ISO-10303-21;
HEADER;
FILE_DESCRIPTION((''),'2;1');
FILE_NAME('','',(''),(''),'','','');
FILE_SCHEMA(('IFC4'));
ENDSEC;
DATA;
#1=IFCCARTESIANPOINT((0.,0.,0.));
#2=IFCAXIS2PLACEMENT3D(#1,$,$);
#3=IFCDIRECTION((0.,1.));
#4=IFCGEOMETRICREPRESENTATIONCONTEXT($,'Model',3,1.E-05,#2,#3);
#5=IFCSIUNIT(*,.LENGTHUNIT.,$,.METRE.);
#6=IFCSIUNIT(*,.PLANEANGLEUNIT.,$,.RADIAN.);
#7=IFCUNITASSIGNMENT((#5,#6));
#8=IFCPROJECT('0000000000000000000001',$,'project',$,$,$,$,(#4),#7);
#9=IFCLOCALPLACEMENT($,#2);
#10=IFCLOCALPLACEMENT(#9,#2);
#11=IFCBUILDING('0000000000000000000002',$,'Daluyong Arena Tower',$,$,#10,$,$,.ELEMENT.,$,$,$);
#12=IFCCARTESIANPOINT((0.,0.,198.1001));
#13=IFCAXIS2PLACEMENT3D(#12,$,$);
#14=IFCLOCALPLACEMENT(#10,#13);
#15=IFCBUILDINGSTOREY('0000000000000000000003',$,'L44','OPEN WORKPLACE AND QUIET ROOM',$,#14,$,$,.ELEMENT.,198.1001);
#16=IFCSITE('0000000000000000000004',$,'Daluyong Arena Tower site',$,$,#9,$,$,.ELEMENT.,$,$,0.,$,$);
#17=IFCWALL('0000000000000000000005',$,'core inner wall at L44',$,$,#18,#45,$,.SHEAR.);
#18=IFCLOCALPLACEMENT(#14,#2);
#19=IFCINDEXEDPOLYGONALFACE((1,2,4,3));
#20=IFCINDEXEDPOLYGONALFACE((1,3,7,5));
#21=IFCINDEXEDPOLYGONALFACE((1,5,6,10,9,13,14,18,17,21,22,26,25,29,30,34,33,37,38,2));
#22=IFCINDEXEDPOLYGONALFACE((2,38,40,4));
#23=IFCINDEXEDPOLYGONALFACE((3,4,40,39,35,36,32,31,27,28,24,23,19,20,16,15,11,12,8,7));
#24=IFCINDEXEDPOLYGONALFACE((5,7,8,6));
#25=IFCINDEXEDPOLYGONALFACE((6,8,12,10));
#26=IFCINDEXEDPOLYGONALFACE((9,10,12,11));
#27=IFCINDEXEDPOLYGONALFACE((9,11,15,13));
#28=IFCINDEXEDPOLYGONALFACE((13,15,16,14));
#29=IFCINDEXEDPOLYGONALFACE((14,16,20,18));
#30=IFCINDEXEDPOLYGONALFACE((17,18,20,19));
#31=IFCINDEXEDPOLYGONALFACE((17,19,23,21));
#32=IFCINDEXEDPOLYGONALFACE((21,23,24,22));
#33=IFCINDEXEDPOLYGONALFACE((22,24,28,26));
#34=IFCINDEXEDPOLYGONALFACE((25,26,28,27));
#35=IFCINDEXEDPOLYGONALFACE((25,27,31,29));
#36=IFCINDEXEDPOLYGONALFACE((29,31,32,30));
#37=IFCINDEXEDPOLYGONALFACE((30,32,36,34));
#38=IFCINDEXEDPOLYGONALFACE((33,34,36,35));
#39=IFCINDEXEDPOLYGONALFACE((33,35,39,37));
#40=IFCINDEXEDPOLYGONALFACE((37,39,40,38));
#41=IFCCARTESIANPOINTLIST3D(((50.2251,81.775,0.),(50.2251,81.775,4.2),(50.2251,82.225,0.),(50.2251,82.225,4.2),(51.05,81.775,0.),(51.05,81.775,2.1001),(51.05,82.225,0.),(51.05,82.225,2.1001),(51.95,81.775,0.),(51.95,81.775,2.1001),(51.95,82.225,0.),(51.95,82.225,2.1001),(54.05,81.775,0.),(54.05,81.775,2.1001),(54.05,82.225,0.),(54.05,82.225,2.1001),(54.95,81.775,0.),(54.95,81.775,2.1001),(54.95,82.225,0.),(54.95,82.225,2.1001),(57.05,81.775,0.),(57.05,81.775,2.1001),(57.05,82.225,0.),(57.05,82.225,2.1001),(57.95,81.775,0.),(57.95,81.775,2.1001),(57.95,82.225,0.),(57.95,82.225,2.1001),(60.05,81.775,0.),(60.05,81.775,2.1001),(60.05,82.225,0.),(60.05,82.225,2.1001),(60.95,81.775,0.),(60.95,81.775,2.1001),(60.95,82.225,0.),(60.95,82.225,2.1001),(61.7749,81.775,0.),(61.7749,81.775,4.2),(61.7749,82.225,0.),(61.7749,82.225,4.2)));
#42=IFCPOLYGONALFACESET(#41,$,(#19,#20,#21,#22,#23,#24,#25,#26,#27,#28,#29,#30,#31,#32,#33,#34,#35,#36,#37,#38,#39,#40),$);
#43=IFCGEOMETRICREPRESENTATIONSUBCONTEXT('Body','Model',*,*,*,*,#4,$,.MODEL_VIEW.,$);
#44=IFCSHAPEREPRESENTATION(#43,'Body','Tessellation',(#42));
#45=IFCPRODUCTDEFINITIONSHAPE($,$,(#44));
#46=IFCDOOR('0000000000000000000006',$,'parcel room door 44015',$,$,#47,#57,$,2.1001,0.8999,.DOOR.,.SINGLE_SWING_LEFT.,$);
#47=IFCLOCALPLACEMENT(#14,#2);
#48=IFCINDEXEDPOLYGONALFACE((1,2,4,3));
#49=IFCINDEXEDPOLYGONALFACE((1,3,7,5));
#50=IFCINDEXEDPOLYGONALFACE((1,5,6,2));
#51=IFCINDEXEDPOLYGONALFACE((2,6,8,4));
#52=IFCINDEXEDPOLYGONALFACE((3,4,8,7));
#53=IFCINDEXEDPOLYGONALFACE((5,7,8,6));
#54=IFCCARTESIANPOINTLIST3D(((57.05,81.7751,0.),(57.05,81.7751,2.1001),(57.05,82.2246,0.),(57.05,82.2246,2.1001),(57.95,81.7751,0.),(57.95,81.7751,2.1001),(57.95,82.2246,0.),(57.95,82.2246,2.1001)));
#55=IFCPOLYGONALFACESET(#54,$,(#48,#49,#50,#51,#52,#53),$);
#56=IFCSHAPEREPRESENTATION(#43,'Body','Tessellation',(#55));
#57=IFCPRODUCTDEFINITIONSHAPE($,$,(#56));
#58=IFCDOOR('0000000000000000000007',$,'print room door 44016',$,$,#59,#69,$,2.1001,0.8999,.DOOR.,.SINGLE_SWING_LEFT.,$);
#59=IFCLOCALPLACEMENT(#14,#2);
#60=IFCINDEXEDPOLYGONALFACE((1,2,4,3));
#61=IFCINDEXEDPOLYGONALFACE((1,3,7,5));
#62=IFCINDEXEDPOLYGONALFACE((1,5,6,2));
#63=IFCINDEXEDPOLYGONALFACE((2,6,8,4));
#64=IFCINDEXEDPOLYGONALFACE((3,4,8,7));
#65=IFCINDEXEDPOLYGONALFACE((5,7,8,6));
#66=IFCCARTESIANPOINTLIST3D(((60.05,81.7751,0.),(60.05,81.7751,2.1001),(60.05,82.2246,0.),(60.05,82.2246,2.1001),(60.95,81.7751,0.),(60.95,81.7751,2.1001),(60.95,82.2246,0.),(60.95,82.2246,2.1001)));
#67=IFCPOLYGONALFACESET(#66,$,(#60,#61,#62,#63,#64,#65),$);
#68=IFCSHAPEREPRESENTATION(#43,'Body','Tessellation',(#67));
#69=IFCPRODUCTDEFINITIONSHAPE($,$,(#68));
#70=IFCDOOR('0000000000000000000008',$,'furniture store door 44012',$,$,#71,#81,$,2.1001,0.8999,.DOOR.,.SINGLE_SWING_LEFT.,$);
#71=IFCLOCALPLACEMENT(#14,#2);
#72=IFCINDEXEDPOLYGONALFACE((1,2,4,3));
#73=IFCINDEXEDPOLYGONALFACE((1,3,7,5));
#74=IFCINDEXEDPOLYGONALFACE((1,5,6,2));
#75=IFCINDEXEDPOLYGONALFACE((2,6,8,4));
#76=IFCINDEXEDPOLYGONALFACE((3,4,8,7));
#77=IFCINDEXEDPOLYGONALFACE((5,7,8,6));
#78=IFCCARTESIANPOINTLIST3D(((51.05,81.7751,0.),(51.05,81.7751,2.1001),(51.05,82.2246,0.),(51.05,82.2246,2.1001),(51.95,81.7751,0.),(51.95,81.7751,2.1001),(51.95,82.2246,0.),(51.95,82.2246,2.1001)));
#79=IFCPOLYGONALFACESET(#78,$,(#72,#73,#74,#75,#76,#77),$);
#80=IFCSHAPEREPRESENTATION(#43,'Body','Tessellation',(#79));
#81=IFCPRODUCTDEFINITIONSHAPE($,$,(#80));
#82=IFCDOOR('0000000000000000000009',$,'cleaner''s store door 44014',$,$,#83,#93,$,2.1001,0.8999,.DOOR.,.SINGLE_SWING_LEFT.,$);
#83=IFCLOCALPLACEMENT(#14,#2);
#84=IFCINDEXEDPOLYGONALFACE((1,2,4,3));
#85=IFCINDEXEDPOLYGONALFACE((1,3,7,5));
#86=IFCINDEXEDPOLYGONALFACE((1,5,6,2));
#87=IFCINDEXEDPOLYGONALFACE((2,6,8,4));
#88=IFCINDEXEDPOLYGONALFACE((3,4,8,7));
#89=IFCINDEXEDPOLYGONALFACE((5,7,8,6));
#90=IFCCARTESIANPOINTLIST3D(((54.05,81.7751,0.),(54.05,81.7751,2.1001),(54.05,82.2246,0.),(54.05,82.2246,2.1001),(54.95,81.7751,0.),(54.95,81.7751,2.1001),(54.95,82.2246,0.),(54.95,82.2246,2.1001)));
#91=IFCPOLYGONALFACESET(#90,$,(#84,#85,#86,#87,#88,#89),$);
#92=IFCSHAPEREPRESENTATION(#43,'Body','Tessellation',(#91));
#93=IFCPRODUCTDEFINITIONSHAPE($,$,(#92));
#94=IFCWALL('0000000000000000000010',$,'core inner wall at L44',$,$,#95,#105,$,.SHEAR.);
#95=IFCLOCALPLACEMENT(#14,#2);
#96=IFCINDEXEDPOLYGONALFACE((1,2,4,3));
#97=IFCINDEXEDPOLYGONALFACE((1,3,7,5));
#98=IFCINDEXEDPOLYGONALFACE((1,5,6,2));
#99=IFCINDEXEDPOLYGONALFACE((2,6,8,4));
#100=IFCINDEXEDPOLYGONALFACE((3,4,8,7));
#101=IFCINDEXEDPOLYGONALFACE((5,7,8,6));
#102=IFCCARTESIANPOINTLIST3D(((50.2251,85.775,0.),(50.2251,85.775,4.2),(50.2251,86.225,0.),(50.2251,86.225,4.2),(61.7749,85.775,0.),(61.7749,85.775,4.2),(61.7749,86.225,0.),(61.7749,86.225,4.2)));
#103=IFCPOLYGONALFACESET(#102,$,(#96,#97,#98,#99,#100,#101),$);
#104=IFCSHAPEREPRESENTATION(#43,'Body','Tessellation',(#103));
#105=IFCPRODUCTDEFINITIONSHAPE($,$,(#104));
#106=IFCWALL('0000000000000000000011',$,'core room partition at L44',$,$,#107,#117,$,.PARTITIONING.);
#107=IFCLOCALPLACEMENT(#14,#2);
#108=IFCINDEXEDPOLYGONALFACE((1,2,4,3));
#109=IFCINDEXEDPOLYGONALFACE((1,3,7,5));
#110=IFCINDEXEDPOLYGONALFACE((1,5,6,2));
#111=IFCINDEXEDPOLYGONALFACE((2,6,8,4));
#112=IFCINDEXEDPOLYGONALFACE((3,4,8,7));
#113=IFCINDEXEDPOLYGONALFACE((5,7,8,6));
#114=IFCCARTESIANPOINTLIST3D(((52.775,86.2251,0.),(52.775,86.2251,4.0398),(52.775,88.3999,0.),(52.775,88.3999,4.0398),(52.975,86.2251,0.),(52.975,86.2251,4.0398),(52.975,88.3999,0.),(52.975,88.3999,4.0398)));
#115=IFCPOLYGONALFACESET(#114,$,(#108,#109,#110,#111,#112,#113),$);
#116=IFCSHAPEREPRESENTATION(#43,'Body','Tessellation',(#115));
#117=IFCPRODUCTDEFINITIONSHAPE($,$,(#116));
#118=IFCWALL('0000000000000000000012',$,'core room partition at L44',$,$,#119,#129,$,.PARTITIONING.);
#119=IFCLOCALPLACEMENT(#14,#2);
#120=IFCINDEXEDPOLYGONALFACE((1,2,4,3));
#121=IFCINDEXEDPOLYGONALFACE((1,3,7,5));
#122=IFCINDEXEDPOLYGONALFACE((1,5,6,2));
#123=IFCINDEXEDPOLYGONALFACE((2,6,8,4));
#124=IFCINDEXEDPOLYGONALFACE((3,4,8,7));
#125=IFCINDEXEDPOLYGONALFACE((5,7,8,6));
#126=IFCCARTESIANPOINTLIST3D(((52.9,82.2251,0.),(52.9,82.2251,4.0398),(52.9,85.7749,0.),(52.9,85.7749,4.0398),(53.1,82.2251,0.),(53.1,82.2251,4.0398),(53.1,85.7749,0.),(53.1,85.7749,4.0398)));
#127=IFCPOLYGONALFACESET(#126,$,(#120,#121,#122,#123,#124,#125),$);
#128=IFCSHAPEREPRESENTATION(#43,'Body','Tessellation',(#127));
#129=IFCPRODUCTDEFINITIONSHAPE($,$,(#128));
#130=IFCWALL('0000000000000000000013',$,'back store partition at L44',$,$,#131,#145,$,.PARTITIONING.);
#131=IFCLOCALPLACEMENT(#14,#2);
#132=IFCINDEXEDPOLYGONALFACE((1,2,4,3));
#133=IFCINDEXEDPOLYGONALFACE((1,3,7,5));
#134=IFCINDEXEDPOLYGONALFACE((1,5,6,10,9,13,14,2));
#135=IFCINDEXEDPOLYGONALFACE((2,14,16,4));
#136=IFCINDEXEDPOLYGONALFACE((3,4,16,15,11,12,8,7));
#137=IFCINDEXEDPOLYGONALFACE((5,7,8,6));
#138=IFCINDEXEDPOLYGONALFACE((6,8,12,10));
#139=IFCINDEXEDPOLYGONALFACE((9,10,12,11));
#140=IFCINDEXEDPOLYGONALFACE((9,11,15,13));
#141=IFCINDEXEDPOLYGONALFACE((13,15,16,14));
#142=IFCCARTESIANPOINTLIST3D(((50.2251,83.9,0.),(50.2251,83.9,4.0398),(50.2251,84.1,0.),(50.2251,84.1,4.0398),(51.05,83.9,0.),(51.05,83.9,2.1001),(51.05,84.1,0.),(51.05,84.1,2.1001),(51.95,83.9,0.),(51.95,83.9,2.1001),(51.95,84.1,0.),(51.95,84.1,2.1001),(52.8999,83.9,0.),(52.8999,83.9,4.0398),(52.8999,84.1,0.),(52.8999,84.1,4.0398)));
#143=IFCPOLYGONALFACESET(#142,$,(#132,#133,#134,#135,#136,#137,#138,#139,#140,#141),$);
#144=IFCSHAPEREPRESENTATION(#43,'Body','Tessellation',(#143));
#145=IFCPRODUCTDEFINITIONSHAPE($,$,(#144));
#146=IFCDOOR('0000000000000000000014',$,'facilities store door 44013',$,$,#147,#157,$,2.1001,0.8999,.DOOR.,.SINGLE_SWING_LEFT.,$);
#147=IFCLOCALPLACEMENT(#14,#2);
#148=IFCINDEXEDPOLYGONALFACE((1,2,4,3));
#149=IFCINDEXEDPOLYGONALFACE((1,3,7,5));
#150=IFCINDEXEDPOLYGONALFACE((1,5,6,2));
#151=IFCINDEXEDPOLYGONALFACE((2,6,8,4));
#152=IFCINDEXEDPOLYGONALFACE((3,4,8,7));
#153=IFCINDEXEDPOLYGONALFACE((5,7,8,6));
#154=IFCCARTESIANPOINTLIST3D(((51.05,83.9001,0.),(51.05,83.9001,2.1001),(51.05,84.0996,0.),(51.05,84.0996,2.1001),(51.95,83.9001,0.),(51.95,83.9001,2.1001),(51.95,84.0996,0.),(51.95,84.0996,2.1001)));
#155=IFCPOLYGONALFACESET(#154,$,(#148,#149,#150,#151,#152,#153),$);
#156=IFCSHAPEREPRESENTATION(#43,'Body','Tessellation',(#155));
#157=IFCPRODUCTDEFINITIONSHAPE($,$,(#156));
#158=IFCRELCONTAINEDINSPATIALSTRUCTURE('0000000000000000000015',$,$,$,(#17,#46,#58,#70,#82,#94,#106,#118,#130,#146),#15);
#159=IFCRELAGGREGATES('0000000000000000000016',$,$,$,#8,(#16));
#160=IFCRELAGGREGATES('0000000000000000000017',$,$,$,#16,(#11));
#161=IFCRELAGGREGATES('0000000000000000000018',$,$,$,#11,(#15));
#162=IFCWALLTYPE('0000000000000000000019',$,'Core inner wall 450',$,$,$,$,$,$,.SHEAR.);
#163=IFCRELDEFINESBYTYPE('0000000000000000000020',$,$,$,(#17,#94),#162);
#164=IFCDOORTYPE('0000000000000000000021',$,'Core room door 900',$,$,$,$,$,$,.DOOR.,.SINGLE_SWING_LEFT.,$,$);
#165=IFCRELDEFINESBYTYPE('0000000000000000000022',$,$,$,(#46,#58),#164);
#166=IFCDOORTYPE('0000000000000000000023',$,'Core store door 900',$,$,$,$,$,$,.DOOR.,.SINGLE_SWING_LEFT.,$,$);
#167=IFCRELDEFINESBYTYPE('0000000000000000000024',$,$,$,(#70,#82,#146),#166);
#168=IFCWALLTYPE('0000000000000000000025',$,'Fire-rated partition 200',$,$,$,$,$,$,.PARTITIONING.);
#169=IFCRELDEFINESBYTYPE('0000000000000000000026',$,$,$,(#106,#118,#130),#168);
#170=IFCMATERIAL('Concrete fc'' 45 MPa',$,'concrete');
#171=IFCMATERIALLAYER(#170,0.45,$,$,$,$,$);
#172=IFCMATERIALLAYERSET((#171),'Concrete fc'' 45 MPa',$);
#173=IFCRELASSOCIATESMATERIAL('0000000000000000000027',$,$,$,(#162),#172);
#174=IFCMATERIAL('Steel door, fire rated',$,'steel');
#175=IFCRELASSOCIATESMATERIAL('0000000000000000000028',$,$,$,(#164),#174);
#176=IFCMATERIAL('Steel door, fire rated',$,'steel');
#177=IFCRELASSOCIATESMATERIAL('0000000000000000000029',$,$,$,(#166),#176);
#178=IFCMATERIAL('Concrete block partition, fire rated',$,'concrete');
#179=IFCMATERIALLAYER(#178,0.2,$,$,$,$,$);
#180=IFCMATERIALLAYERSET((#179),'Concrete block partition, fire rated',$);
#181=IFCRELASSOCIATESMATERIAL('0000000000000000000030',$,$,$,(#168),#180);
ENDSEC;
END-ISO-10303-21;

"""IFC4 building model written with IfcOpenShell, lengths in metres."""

from ifc_helpers import new_model, si_unit, direction, frame, frame_2d, origin, place, context, subcontext, project, spatial, rectangle, extrude, material, layer, layer_set, type_object, element, fill, save


model = new_model("IFC4")

# Units and contexts
model_context = context("Model", 3, precision=1e-05, world=origin(), true_north=direction((0.0, 1.0)))
body_context = subcontext(model_context, "Body", "Model", "MODEL_VIEW")
ifc_project = project(units=[si_unit("LENGTHUNIT", "METRE"), si_unit("PLANEANGLEUNIT", "RADIAN")], contexts=[model_context])

# Site, building, storey
site_placement = place(None, origin())
site = spatial("IfcSite", under=ifc_project, at=site_placement, Name="Daluyong Arena Tower site", CompositionType="ELEMENT", RefElevation=0.0)
building_placement = place(site_placement, origin())
building = spatial("IfcBuilding", under=site, at=building_placement, Name="Daluyong Arena Tower", CompositionType="ELEMENT")
storey_placement = place(building_placement, frame((0.0, 0.0, 198.1001)))
storey = spatial("IfcBuildingStorey", under=building, at=storey_placement, Name="L44", Description="OPEN WORKPLACE AND QUIET ROOM", CompositionType="ELEMENT", Elevation=198.1001)

# Wall, openings, doors
ifc_material_1 = material(Name="Concrete fc' 45 MPa", Category="concrete")
ifc_layer_1 = layer(ifc_material_1, 0.45)
ifc_layer_set_1 = layer_set([ifc_layer_1], Name="Concrete fc' 45 MPa")
wall_type_1 = type_object("IfcWallType", Name="Core inner wall 450", PredefinedType="SHEAR", material=ifc_layer_set_1)
ifc_material_2 = material(Name="Steel door, fire rated", Category="steel")
door_type_1 = type_object("IfcDoorType", Name="Core room door 900", OperationType="SINGLE_SWING_LEFT", PredefinedType="DOOR", material=ifc_material_2)
ifc_material_3 = material(Name="Steel door, fire rated", Category="steel")
door_type_2 = type_object("IfcDoorType", Name="Core store door 900", OperationType="SINGLE_SWING_LEFT", PredefinedType="DOOR", material=ifc_material_3)
wall_1_placement = place(storey_placement, frame((50.2251, 82.0, 0.0), z_axis=(0.0, 0.0, 1.0), x_axis=(1.0, 0.0, 0.0)))
wall_1 = element("IfcWall", 1, at=wall_1_placement, inside=storey, type_object=wall_type_1, Name="core inner wall at L44", PredefinedType="SHEAR", context=body_context, shape_type="SweptSolid", body=[
    extrude(rectangle(XDim=11.5498, YDim=0.45, at=frame_2d((5.7749, 0.0))), origin(), (0.0, 0.0, 1.0), 4.2),
])
opening_1_placement = place(wall_1_placement, frame((0.825, 0.0, 0.0)))
opening_1 = element("IfcOpeningElement", 2, at=opening_1_placement, cuts=wall_1, PredefinedType="OPENING", context=body_context, shape_type="SweptSolid", body=[
    extrude(rectangle(XDim=0.8999, YDim=2.1001, at=frame_2d((0.45, 1.05))), frame((0.0, 0.2349, 0.0), z_axis=(0.0, -1.0, 0.0), x_axis=(1.0, 0.0, 0.0)), (0.0, 0.0, 1.0), 0.47),
])
opening_2_placement = place(wall_1_placement, frame((3.825, 0.0, 0.0)))
opening_2 = element("IfcOpeningElement", 3, at=opening_2_placement, cuts=wall_1, PredefinedType="OPENING", context=body_context, shape_type="SweptSolid", body=[
    extrude(rectangle(XDim=0.8999, YDim=2.1001, at=frame_2d((0.45, 1.05))), frame((0.0, 0.2349, 0.0), z_axis=(0.0, -1.0, 0.0), x_axis=(1.0, 0.0, 0.0)), (0.0, 0.0, 1.0), 0.47),
])
opening_3_placement = place(wall_1_placement, frame((6.825, 0.0, 0.0)))
opening_3 = element("IfcOpeningElement", 4, at=opening_3_placement, cuts=wall_1, PredefinedType="OPENING", context=body_context, shape_type="SweptSolid", body=[
    extrude(rectangle(XDim=0.8999, YDim=2.1001, at=frame_2d((0.45, 1.05))), frame((0.0, 0.2349, 0.0), z_axis=(0.0, -1.0, 0.0), x_axis=(1.0, 0.0, 0.0)), (0.0, 0.0, 1.0), 0.47),
])
opening_4_placement = place(wall_1_placement, frame((9.825, 0.0, 0.0)))
opening_4 = element("IfcOpeningElement", 5, at=opening_4_placement, cuts=wall_1, PredefinedType="OPENING", context=body_context, shape_type="SweptSolid", body=[
    extrude(rectangle(XDim=0.8999, YDim=2.1001, at=frame_2d((0.45, 1.05))), frame((0.0, 0.2349, 0.0), z_axis=(0.0, -1.0, 0.0), x_axis=(1.0, 0.0, 0.0)), (0.0, 0.0, 1.0), 0.47),
])
door_1_placement = place(opening_3_placement, origin())
door_1 = element("IfcDoor", 6, at=door_1_placement, inside=storey, type_object=door_type_1, Name="parcel room door 44015", OperationType="SINGLE_SWING_LEFT", OverallHeight=2.1001, OverallWidth=0.8999, PredefinedType="DOOR", context=body_context, shape_type="SweptSolid", body=[
    extrude(rectangle(XDim=0.8999, YDim=2.1001, at=frame_2d((0.45, 1.05))), frame((0.0, 0.2246, 0.0), z_axis=(0.0, -1.0, 0.0), x_axis=(1.0, 0.0, 0.0)), (0.0, 0.0, 1.0), 0.4495),
])
fill(opening_3, door_1)
door_2_placement = place(opening_4_placement, origin())
door_2 = element("IfcDoor", 7, at=door_2_placement, inside=storey, type_object=door_type_1, Name="print room door 44016", OperationType="SINGLE_SWING_LEFT", OverallHeight=2.1001, OverallWidth=0.8999, PredefinedType="DOOR", context=body_context, shape_type="SweptSolid", body=[
    extrude(rectangle(XDim=0.8999, YDim=2.1001, at=frame_2d((0.45, 1.05))), frame((0.0, 0.2246, 0.0), z_axis=(0.0, -1.0, 0.0), x_axis=(1.0, 0.0, 0.0)), (0.0, 0.0, 1.0), 0.4495),
])
fill(opening_4, door_2)
door_3_placement = place(opening_1_placement, origin())
door_3 = element("IfcDoor", 8, at=door_3_placement, inside=storey, type_object=door_type_2, Name="furniture store door 44012", OperationType="SINGLE_SWING_LEFT", OverallHeight=2.1001, OverallWidth=0.8999, PredefinedType="DOOR", context=body_context, shape_type="SweptSolid", body=[
    extrude(rectangle(XDim=0.8999, YDim=2.1001, at=frame_2d((0.45, 1.05))), frame((0.0, 0.2246, 0.0), z_axis=(0.0, -1.0, 0.0), x_axis=(1.0, 0.0, 0.0)), (0.0, 0.0, 1.0), 0.4495),
])
fill(opening_1, door_3)
door_4_placement = place(opening_2_placement, origin())
door_4 = element("IfcDoor", 9, at=door_4_placement, inside=storey, type_object=door_type_2, Name="cleaner's store door 44014", OperationType="SINGLE_SWING_LEFT", OverallHeight=2.1001, OverallWidth=0.8999, PredefinedType="DOOR", context=body_context, shape_type="SweptSolid", body=[
    extrude(rectangle(XDim=0.8999, YDim=2.1001, at=frame_2d((0.45, 1.05))), frame((0.0, 0.2246, 0.0), z_axis=(0.0, -1.0, 0.0), x_axis=(1.0, 0.0, 0.0)), (0.0, 0.0, 1.0), 0.4495),
])
fill(opening_2, door_4)

# Walls
wall_2_placement = place(storey_placement, frame((50.2251, 86.0, 0.0), z_axis=(0.0, 0.0, 1.0), x_axis=(1.0, 0.0, 0.0)))
element("IfcWall", 10, at=wall_2_placement, inside=storey, type_object=wall_type_1, Name="core inner wall at L44", PredefinedType="SHEAR", context=body_context, shape_type="SweptSolid", body=[
    extrude(rectangle(XDim=11.5498, YDim=0.45, at=frame_2d((5.7749, 0.0))), origin(), (0.0, 0.0, 1.0), 4.2),
])
ifc_material_4 = material(Name="Concrete block partition, fire rated", Category="concrete")
ifc_layer_2 = layer(ifc_material_4, 0.2)
ifc_layer_set_2 = layer_set([ifc_layer_2], Name="Concrete block partition, fire rated")
wall_type_2 = type_object("IfcWallType", Name="Fire-rated partition 200", PredefinedType="PARTITIONING", material=ifc_layer_set_2)
wall_3_placement = place(storey_placement, frame((52.875, 86.2251, 0.0), z_axis=(0.0, 0.0, 1.0), x_axis=(0.0, 1.0, 0.0)))
element("IfcWall", 11, at=wall_3_placement, inside=storey, type_object=wall_type_2, Name="core room partition at L44", PredefinedType="PARTITIONING", context=body_context, shape_type="SweptSolid", body=[
    extrude(rectangle(XDim=2.1748, YDim=0.2, at=frame_2d((1.0874, 0.0))), origin(), (0.0, 0.0, 1.0), 4.0398),
])
wall_4_placement = place(storey_placement, frame((53.0, 82.2251, 0.0), z_axis=(0.0, 0.0, 1.0), x_axis=(0.0, 1.0, 0.0)))
element("IfcWall", 12, at=wall_4_placement, inside=storey, type_object=wall_type_2, Name="core room partition at L44", PredefinedType="PARTITIONING", context=body_context, shape_type="SweptSolid", body=[
    extrude(rectangle(XDim=3.5498, YDim=0.2, at=frame_2d((1.7749, 0.0))), origin(), (0.0, 0.0, 1.0), 4.0398),
])

# Wall, opening, door
wall_5_placement = place(storey_placement, frame((50.2251, 84.0, 0.0), z_axis=(0.0, 0.0, 1.0), x_axis=(1.0, 0.0, 0.0)))
wall_5 = element("IfcWall", 13, at=wall_5_placement, inside=storey, type_object=wall_type_2, Name="back store partition at L44", PredefinedType="PARTITIONING", context=body_context, shape_type="SweptSolid", body=[
    extrude(rectangle(XDim=2.6748, YDim=0.2, at=frame_2d((1.3374, 0.0))), origin(), (0.0, 0.0, 1.0), 4.0398),
])
opening_5_placement = place(wall_5_placement, frame((0.825, 0.0, 0.0)))
opening_5 = element("IfcOpeningElement", 14, at=opening_5_placement, cuts=wall_5, PredefinedType="OPENING", context=body_context, shape_type="SweptSolid", body=[
    extrude(rectangle(XDim=0.8999, YDim=2.1001, at=frame_2d((0.45, 1.05))), frame((0.0, 0.1099, 0.0), z_axis=(0.0, -1.0, 0.0), x_axis=(1.0, 0.0, 0.0)), (0.0, 0.0, 1.0), 0.22),
])
door_5_placement = place(opening_5_placement, origin())
door_5 = element("IfcDoor", 15, at=door_5_placement, inside=storey, type_object=door_type_2, Name="facilities store door 44013", OperationType="SINGLE_SWING_LEFT", OverallHeight=2.1001, OverallWidth=0.8999, PredefinedType="DOOR", context=body_context, shape_type="SweptSolid", body=[
    extrude(rectangle(XDim=0.8999, YDim=2.1001, at=frame_2d((0.45, 1.05))), frame((0.0, 0.0996, 0.0), z_axis=(0.0, -1.0, 0.0), x_axis=(1.0, 0.0, 0.0)), (0.0, 0.0, 1.0), 0.1995),
])
fill(opening_5, door_5)

save(model, "model.ifc")
